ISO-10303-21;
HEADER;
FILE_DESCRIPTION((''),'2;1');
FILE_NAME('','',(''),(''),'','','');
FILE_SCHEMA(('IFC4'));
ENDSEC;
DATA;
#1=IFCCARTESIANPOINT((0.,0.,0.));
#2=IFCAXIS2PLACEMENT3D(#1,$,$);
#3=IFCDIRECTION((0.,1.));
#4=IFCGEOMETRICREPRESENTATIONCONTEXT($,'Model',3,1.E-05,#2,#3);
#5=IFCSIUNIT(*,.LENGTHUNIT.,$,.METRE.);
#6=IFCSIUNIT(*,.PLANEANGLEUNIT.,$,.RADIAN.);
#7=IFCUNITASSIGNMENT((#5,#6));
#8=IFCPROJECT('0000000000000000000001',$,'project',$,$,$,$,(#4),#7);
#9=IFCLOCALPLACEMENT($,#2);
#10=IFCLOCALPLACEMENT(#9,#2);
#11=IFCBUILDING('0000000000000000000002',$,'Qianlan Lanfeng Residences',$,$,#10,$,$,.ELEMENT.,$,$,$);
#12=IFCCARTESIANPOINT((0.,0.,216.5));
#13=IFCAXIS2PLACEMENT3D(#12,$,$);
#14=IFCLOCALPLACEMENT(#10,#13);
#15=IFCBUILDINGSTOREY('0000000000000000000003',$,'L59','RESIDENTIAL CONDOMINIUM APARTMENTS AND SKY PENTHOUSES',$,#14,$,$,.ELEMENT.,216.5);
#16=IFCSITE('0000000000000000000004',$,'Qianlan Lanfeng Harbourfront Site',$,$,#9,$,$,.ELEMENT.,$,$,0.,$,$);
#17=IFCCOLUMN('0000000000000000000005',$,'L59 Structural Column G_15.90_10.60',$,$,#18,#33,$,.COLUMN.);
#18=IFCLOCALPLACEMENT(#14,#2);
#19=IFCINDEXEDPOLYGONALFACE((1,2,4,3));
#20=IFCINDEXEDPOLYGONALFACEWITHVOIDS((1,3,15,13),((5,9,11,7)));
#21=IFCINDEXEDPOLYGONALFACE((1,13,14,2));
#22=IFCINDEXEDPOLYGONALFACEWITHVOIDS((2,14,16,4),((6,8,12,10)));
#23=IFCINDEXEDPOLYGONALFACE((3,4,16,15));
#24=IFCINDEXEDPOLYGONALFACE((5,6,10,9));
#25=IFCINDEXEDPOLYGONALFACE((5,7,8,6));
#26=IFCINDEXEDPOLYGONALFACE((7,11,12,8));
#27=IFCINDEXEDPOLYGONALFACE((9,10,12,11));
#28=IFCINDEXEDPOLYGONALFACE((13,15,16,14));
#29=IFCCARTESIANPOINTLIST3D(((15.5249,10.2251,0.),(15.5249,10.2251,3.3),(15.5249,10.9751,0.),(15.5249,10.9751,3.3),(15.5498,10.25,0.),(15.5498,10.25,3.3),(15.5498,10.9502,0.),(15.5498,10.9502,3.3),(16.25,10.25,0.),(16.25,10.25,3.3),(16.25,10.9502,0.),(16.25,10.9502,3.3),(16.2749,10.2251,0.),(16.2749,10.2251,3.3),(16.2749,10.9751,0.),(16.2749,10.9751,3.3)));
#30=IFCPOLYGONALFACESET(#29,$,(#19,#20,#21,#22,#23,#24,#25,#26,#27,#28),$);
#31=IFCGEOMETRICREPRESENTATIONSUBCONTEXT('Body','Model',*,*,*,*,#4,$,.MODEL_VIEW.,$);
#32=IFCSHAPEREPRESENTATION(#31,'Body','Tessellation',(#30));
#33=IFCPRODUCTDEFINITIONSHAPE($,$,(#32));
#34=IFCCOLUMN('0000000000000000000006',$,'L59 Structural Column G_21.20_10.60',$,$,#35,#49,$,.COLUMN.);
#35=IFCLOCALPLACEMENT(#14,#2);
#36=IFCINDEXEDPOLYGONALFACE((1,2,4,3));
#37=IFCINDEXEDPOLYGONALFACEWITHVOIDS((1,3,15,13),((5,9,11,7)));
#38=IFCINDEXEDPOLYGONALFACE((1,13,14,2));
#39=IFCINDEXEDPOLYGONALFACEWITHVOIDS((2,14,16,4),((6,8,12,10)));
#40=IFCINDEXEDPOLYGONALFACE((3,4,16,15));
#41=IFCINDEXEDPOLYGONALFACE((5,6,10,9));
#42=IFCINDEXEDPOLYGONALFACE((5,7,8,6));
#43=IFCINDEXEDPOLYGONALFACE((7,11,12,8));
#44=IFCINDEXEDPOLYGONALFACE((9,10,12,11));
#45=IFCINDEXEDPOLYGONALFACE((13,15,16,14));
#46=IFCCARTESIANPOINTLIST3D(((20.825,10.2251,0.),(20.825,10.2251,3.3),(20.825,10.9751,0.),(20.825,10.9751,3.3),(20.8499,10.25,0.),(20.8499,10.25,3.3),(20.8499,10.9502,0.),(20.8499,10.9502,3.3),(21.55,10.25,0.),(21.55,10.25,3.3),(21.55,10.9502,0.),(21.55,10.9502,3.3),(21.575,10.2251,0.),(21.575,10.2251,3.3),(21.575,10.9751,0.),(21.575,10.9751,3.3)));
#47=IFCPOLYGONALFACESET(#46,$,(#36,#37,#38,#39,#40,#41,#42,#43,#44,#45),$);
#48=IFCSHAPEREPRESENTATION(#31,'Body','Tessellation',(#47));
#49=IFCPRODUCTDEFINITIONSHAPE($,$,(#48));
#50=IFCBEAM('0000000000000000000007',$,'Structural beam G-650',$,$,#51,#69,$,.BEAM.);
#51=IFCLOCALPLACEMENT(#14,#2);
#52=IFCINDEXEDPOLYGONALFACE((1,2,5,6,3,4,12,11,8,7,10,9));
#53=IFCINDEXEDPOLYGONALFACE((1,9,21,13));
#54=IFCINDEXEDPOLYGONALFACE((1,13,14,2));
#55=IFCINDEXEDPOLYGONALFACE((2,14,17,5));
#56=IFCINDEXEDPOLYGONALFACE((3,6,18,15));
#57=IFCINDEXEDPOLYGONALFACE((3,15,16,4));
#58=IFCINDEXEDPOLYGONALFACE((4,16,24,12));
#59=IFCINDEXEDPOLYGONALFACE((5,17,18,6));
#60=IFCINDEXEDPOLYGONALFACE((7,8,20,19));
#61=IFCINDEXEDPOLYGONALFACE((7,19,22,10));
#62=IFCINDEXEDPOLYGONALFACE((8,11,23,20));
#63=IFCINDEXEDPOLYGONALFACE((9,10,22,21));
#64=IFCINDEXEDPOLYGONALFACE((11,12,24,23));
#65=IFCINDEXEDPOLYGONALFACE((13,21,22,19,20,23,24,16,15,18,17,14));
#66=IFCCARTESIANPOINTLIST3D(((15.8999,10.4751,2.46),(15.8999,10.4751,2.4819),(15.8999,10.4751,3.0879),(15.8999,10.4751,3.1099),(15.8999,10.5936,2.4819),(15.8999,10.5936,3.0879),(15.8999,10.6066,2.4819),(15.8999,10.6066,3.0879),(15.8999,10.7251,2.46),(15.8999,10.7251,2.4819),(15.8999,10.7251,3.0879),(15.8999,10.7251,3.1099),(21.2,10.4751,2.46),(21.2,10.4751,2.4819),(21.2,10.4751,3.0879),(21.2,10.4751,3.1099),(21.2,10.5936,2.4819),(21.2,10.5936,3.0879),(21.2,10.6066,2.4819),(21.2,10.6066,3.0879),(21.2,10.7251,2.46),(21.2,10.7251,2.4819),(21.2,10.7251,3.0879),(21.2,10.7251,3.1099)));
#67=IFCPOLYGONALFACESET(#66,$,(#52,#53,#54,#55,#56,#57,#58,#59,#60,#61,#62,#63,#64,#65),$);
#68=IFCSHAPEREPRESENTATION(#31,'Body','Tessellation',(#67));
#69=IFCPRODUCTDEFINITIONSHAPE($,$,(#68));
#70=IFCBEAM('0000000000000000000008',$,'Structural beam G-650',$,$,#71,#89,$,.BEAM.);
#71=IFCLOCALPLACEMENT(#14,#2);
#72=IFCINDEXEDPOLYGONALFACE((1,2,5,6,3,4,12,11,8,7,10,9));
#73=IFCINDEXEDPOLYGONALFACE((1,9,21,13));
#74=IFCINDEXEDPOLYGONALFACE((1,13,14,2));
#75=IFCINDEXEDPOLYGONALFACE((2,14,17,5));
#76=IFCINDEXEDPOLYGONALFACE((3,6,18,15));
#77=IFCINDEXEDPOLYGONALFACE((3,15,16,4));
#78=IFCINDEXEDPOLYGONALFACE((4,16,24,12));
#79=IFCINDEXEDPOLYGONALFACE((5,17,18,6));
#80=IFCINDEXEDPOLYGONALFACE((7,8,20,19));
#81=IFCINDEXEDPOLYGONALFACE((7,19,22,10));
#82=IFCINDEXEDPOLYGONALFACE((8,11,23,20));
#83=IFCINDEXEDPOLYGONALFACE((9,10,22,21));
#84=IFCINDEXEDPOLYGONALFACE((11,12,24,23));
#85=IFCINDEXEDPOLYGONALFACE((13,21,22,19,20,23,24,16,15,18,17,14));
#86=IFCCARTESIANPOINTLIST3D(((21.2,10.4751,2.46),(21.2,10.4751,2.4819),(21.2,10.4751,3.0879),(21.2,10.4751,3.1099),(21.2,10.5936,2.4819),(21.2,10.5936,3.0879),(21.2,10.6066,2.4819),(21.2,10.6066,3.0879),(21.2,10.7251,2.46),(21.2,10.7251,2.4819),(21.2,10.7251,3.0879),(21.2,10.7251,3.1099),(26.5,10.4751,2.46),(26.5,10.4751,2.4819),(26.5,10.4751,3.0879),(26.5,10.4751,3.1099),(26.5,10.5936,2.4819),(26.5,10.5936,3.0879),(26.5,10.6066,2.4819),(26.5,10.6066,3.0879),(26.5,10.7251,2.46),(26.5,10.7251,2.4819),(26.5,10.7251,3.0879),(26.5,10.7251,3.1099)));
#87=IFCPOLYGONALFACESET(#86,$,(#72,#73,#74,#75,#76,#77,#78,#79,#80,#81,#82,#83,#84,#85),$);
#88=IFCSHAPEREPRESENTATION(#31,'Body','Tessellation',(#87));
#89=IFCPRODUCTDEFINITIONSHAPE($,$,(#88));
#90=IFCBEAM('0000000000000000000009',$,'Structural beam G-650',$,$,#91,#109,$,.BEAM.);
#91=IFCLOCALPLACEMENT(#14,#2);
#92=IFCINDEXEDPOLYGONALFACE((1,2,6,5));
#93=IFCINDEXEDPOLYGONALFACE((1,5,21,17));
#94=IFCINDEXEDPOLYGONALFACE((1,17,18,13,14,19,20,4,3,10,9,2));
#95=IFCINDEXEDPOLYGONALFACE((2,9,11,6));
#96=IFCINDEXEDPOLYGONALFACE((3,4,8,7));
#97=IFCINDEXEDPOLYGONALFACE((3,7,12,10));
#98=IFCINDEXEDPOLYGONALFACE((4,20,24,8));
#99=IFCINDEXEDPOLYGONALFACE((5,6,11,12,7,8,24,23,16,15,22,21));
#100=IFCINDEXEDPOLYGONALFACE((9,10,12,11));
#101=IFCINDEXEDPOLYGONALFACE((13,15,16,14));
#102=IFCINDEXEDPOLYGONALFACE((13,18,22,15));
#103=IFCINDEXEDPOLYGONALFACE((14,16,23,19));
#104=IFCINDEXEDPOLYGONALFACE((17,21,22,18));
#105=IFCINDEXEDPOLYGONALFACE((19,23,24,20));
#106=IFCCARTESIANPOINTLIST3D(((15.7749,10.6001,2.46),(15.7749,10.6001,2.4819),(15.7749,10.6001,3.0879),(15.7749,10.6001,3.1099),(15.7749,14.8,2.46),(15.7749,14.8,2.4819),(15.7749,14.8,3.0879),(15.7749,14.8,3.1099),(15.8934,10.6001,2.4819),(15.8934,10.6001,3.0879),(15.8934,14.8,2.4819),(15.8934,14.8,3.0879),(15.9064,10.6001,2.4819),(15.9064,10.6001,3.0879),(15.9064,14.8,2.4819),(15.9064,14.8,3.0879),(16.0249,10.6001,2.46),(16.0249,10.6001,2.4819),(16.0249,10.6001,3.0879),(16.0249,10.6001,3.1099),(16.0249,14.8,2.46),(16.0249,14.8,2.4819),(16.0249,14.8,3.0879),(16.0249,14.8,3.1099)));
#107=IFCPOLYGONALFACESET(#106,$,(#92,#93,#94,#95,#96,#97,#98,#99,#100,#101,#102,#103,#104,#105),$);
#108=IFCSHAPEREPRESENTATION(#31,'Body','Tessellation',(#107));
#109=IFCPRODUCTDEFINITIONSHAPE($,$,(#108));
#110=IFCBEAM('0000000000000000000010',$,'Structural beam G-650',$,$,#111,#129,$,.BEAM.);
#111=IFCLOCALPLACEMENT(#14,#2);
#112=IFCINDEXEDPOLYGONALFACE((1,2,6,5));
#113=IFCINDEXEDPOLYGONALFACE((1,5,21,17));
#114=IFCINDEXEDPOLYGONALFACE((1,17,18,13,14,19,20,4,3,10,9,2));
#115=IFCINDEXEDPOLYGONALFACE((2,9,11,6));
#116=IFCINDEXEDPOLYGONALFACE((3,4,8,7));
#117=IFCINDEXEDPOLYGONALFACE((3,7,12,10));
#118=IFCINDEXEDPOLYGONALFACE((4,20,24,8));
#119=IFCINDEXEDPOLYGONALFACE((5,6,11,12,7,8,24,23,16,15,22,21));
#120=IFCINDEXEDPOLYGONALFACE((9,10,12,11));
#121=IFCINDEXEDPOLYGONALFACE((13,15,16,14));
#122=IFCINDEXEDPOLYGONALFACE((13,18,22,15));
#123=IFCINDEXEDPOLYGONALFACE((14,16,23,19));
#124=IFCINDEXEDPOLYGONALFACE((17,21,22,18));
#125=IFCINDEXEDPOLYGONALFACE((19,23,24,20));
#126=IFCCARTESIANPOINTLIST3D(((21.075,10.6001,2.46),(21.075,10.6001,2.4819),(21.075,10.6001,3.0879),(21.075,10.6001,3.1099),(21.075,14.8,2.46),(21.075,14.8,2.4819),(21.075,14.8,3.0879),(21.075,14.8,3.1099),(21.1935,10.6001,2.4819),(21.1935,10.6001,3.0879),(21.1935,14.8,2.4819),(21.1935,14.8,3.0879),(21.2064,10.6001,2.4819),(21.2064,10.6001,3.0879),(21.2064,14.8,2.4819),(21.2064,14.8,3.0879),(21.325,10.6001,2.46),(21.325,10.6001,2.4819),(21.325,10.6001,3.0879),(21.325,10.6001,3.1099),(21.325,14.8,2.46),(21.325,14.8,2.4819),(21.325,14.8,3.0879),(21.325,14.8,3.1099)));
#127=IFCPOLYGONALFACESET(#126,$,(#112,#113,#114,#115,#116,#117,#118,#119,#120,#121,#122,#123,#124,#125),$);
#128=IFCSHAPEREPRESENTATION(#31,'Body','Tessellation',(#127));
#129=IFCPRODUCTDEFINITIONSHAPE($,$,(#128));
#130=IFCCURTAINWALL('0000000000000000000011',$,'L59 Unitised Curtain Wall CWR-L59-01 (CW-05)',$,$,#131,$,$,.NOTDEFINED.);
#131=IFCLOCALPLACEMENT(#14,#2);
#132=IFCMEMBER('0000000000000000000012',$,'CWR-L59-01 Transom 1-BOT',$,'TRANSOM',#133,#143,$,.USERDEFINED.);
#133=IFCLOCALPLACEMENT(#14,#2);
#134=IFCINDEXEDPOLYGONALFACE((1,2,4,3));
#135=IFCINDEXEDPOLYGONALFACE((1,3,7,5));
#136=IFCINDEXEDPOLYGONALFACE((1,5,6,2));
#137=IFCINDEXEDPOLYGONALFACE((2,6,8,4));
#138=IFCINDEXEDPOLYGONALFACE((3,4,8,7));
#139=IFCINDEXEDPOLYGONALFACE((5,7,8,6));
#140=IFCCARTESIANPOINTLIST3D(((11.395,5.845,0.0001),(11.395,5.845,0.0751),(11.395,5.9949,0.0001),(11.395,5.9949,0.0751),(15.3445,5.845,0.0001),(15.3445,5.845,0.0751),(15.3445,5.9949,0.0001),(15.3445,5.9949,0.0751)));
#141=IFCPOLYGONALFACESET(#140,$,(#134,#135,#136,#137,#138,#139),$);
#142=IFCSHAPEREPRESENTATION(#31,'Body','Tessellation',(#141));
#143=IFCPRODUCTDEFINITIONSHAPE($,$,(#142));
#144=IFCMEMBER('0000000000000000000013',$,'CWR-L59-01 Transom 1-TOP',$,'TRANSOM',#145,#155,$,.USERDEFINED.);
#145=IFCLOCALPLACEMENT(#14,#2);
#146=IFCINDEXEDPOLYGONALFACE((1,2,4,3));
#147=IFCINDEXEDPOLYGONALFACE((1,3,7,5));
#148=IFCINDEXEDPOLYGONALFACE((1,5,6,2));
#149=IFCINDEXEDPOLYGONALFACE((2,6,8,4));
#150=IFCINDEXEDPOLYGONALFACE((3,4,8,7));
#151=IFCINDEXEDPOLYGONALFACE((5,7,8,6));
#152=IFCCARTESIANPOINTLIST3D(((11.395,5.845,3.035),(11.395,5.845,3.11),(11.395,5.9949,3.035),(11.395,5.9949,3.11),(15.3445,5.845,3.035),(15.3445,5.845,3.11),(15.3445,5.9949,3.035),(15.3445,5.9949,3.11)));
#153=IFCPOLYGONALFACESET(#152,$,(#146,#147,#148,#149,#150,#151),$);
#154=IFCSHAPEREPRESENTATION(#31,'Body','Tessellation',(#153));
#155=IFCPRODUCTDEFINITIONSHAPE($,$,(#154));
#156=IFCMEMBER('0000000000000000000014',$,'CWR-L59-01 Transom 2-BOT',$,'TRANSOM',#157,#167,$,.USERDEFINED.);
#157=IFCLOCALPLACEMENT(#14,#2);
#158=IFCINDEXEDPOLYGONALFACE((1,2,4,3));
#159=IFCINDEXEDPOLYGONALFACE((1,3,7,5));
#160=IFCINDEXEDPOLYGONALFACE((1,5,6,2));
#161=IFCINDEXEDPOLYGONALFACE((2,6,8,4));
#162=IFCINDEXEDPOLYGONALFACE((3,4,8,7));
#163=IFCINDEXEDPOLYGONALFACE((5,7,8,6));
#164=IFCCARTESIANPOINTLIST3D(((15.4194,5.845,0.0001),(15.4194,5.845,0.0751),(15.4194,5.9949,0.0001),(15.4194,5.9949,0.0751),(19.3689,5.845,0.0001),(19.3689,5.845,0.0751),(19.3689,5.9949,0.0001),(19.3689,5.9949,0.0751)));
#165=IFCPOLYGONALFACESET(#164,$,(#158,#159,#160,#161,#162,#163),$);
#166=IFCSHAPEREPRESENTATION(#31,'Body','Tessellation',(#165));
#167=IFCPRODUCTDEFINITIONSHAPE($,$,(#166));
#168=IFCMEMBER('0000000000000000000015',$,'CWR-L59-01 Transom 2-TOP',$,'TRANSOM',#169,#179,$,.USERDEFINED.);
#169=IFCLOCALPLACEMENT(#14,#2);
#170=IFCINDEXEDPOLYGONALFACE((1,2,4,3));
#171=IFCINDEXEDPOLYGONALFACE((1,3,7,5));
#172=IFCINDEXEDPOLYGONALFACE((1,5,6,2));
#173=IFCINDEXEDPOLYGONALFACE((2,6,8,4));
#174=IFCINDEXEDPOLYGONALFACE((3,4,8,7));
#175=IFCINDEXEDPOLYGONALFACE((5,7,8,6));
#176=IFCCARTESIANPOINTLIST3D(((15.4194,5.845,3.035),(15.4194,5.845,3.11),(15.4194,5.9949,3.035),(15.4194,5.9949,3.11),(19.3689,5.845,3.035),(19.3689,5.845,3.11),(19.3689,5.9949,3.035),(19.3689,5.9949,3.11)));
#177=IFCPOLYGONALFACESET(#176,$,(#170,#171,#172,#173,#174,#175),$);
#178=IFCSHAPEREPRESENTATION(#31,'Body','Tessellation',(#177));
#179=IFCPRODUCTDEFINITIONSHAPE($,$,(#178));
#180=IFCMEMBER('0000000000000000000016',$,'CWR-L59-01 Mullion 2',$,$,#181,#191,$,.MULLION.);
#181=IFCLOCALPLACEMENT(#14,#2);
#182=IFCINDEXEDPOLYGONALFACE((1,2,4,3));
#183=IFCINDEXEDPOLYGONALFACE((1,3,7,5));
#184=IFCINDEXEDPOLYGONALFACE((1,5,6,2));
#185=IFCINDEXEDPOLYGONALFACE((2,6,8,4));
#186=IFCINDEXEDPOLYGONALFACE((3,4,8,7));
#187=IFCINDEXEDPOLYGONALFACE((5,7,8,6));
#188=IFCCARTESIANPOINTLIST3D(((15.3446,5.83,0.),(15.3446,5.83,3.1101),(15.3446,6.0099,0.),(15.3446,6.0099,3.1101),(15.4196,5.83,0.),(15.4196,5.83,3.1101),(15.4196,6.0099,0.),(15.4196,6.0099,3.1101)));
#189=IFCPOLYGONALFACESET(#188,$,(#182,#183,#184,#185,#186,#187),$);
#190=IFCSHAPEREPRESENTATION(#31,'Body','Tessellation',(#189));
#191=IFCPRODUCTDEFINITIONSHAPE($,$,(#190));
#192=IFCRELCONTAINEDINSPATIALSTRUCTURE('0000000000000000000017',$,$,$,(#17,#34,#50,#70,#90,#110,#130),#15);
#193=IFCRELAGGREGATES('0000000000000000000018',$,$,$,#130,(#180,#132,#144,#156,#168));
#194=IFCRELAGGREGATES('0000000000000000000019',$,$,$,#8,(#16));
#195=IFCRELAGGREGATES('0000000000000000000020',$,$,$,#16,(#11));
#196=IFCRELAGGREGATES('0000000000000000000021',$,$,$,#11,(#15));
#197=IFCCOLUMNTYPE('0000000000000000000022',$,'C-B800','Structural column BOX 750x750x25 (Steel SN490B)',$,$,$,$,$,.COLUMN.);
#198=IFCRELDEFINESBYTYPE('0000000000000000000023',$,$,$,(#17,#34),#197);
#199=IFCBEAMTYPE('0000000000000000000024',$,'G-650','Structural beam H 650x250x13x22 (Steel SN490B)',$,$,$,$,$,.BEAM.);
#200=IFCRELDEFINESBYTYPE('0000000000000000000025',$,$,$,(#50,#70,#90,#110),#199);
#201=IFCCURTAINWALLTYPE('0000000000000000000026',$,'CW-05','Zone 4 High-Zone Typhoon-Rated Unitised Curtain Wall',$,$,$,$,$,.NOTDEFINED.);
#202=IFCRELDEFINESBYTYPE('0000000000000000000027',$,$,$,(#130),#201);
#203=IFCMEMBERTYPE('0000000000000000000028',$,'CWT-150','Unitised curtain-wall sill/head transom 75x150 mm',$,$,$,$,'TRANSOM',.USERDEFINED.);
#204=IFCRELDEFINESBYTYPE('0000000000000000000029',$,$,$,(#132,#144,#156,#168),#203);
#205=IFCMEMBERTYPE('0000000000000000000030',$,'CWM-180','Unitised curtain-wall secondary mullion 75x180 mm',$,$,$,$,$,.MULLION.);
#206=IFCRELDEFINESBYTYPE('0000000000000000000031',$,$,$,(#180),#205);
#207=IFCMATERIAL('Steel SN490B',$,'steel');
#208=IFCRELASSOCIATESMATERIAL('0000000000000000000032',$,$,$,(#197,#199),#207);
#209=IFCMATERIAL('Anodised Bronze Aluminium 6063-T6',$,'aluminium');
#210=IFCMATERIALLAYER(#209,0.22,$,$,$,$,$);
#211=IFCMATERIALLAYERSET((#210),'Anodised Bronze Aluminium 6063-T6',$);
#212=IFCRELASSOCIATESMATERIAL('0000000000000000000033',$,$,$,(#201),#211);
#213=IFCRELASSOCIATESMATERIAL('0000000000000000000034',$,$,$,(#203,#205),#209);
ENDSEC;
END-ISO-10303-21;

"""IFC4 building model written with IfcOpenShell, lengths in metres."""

from ifc_helpers import new_model, si_unit, direction, frame, origin, origin_2d, place, context, subcontext, project, spatial, rectangle, hollow_rectangle, i_section, extrude, source, transform, mapped, material, layer, layer_set, material_profile, profile_set, type_object, element, aggregate, save


model = new_model("IFC4")

# Units and contexts
model_context = context("Model", 3, precision=1e-05, world=origin(), true_north=direction((0.0, 1.0)))
body_context = subcontext(model_context, "Body", "Model", "MODEL_VIEW")
ifc_project = project(units=[si_unit("LENGTHUNIT", "METRE"), si_unit("PLANEANGLEUNIT", "RADIAN")], contexts=[model_context])

# Site, building, storey
site_placement = place(None, origin())
site = spatial("IfcSite", under=ifc_project, at=site_placement, Name="Qianlan Lanfeng Harbourfront Site", CompositionType="ELEMENT", RefElevation=0.0)
building_placement = place(site_placement, origin())
building = spatial("IfcBuilding", under=site, at=building_placement, Name="Qianlan Lanfeng Residences", CompositionType="ELEMENT")
storey_placement = place(building_placement, frame((0.0, 0.0, 216.5)))
storey = spatial("IfcBuildingStorey", under=building, at=storey_placement, Name="L59", Description="RESIDENTIAL CONDOMINIUM APARTMENTS AND SKY PENTHOUSES", CompositionType="ELEMENT", Elevation=216.5)

# Columns
ifc_material_1 = material(Name="Steel SN490B", Category="steel")
ifc_material_profile_1 = material_profile(ifc_material_1, hollow_rectangle(XDim=0.75, YDim=0.75, WallThickness=0.0249, at=origin_2d()), Name="BOX 750x750x25")
ifc_profile_set_1 = profile_set([ifc_material_profile_1], Name="Steel SN490B")
column_type = type_object("IfcColumnType", Name="C-B800", Description="Structural column BOX 750x750x25 (Steel SN490B)", PredefinedType="COLUMN", material=ifc_profile_set_1)
for number, where, z_axis, x_axis, name in (
    (1, (15.8999, 10.6001, 0.0), (0.0, 0.0, 1.0), (1.0, 0.0, 0.0), "L59 Structural Column G_15.90_10.60"),
    (2, (21.2, 10.6001, 0.0), (0.0, 0.0, 1.0), (1.0, 0.0, 0.0), "L59 Structural Column G_21.20_10.60"),
):
    element("IfcColumn", number, at=place(storey_placement, frame(where, z_axis=z_axis, x_axis=x_axis)), inside=storey, type_object=column_type, Name=name, PredefinedType="COLUMN", context=body_context, shape_type="SweptSolid", body=[
        extrude(hollow_rectangle(XDim=0.75, YDim=0.75, WallThickness=0.0249, at=origin_2d()), origin(), (0.0, 0.0, 1.0), 3.3),
    ])

# Beams
ifc_material_profile_2 = material_profile(ifc_material_1, i_section(OverallWidth=0.25, OverallDepth=0.6499, WebThickness=0.0129, FlangeThickness=0.022, at=origin_2d()), Name="H 650x250x13x22")
ifc_profile_set_2 = profile_set([ifc_material_profile_2], Name="Steel SN490B")
beam_type = type_object("IfcBeamType", Name="G-650", Description="Structural beam H 650x250x13x22 (Steel SN490B)", PredefinedType="BEAM", material=ifc_profile_set_2)
for number, where, z_axis, x_axis, name in (
    (3, (15.8999, 10.6001, 2.7849), (1.0, 0.0, 0.0), (0.0, 1.0, 0.0), "Structural beam G-650"),
    (4, (21.2, 10.6001, 2.7849), (1.0, 0.0, 0.0), (0.0, 1.0, 0.0), "Structural beam G-650"),
):
    element("IfcBeam", number, at=place(storey_placement, frame(where, z_axis=z_axis, x_axis=x_axis)), inside=storey, type_object=beam_type, Name=name, PredefinedType="BEAM", context=body_context, shape_type="SweptSolid", body=[
        extrude(i_section(OverallWidth=0.25, OverallDepth=0.6499, WebThickness=0.0129, FlangeThickness=0.022, at=origin_2d()), origin(), (0.0, 0.0, 1.0), 5.3),
    ])
for number, where, z_axis, x_axis, name in (
    (5, (15.8999, 10.6001, 2.7849), (0.0, 1.0, 0.0), (-1.0, 0.0, 0.0), "Structural beam G-650"),
    (6, (21.2, 10.6001, 2.7849), (0.0, 1.0, 0.0), (-1.0, 0.0, 0.0), "Structural beam G-650"),
):
    element("IfcBeam", number, at=place(storey_placement, frame(where, z_axis=z_axis, x_axis=x_axis)), inside=storey, type_object=beam_type, Name=name, PredefinedType="BEAM", context=body_context, shape_type="SweptSolid", body=[
        extrude(i_section(OverallWidth=0.25, OverallDepth=0.6499, WebThickness=0.0129, FlangeThickness=0.022, at=origin_2d()), origin(), (0.0, 0.0, 1.0), 4.2),
    ])

# Curtain wall, members
ifc_material_2 = material(Name="Anodised Bronze Aluminium 6063-T6", Category="aluminium")
ifc_layer_1 = layer(ifc_material_2, 0.22)
ifc_layer_set_1 = layer_set([ifc_layer_1], Name="Anodised Bronze Aluminium 6063-T6")
curtain_wall_type = type_object("IfcCurtainWallType", Name="CW-05", Description="Zone 4 High-Zone Typhoon-Rated Unitised Curtain Wall", PredefinedType="NOTDEFINED", material=ifc_layer_set_1)
curtain_wall_placement = place(storey_placement, origin())
curtain_wall = element("IfcCurtainWall", 7, at=curtain_wall_placement, inside=storey, type_object=curtain_wall_type, Name="L59 Unitised Curtain Wall CWR-L59-01 (CW-05)", PredefinedType="NOTDEFINED")
ifc_material_profile_3 = material_profile(ifc_material_2, rectangle(XDim=0.075, YDim=0.1499, at=origin_2d()), Name="ALU TRANSOM 75x150")
ifc_profile_set_3 = profile_set([ifc_material_profile_3], Name="Anodised Bronze Aluminium 6063-T6")
member_type_1 = type_object("IfcMemberType", Name="CWT-150", Description="Unitised curtain-wall sill/head transom 75x150 mm", ElementType="TRANSOM", PredefinedType="USERDEFINED", material=ifc_profile_set_3)
shared_shape_1 = source(origin(), body_context, "Body", "SweptSolid", [
    extrude(rectangle(XDim=0.075, YDim=0.1499, at=origin_2d()), origin(), (0.0, 0.0, 1.0), 3.9495),
])
member_1_placement = place(storey_placement, frame((11.395, 5.9199, 0.0376), z_axis=(1.0, 0.0, 0.0), x_axis=(0.0, 0.0, 1.0)))
member_1 = element("IfcMember", 8, at=member_1_placement, type_object=member_type_1, Name="CWR-L59-01 Transom 1-BOT", ObjectType="TRANSOM", PredefinedType="USERDEFINED", context=body_context, shape_type="MappedRepresentation", body=[
    mapped(shared_shape_1, transform((0.0, 0.0, 0.0), scale=1.0)),
])
member_2_placement = place(storey_placement, frame((11.395, 5.9199, 3.0725), z_axis=(1.0, 0.0, 0.0), x_axis=(0.0, 0.0, 1.0)))
member_2 = element("IfcMember", 9, at=member_2_placement, type_object=member_type_1, Name="CWR-L59-01 Transom 1-TOP", ObjectType="TRANSOM", PredefinedType="USERDEFINED", context=body_context, shape_type="MappedRepresentation", body=[
    mapped(shared_shape_1, transform((0.0, 0.0, 0.0), scale=1.0)),
])
member_3_placement = place(storey_placement, frame((15.4194, 5.9199, 0.0376), z_axis=(1.0, 0.0, 0.0), x_axis=(0.0, 0.0, 1.0)))
member_3 = element("IfcMember", 10, at=member_3_placement, type_object=member_type_1, Name="CWR-L59-01 Transom 2-BOT", ObjectType="TRANSOM", PredefinedType="USERDEFINED", context=body_context, shape_type="MappedRepresentation", body=[
    mapped(shared_shape_1, transform((0.0, 0.0, 0.0), scale=1.0)),
])
member_4_placement = place(storey_placement, frame((15.4194, 5.9199, 3.0725), z_axis=(1.0, 0.0, 0.0), x_axis=(0.0, 0.0, 1.0)))
member_4 = element("IfcMember", 11, at=member_4_placement, type_object=member_type_1, Name="CWR-L59-01 Transom 2-TOP", ObjectType="TRANSOM", PredefinedType="USERDEFINED", context=body_context, shape_type="MappedRepresentation", body=[
    mapped(shared_shape_1, transform((0.0, 0.0, 0.0), scale=1.0)),
])
ifc_material_profile_4 = material_profile(ifc_material_2, rectangle(XDim=0.075, YDim=0.1799, at=origin_2d()), Name="ALU MULLION 75x180")
ifc_profile_set_4 = profile_set([ifc_material_profile_4], Name="Anodised Bronze Aluminium 6063-T6")
member_type_2 = type_object("IfcMemberType", Name="CWM-180", Description="Unitised curtain-wall secondary mullion 75x180 mm", PredefinedType="MULLION", material=ifc_profile_set_4)
shared_shape_2 = source(origin(), body_context, "Body", "SweptSolid", [
    extrude(rectangle(XDim=0.075, YDim=0.1799, at=origin_2d()), origin(), (0.0, 0.0, 1.0), 3.1101),
])
member_5_placement = place(storey_placement, frame((15.3821, 5.9199, 0.0), z_axis=(0.0, 0.0, 1.0), x_axis=(1.0, 0.0, 0.0)))
member_5 = element("IfcMember", 12, at=member_5_placement, type_object=member_type_2, Name="CWR-L59-01 Mullion 2", PredefinedType="MULLION", context=body_context, shape_type="MappedRepresentation", body=[
    mapped(shared_shape_2, transform((0.0, 0.0, 0.0), scale=1.0)),
])
aggregate(curtain_wall, [member_5, member_1, member_2, member_3, member_4])

save(model, "model.ifc")
